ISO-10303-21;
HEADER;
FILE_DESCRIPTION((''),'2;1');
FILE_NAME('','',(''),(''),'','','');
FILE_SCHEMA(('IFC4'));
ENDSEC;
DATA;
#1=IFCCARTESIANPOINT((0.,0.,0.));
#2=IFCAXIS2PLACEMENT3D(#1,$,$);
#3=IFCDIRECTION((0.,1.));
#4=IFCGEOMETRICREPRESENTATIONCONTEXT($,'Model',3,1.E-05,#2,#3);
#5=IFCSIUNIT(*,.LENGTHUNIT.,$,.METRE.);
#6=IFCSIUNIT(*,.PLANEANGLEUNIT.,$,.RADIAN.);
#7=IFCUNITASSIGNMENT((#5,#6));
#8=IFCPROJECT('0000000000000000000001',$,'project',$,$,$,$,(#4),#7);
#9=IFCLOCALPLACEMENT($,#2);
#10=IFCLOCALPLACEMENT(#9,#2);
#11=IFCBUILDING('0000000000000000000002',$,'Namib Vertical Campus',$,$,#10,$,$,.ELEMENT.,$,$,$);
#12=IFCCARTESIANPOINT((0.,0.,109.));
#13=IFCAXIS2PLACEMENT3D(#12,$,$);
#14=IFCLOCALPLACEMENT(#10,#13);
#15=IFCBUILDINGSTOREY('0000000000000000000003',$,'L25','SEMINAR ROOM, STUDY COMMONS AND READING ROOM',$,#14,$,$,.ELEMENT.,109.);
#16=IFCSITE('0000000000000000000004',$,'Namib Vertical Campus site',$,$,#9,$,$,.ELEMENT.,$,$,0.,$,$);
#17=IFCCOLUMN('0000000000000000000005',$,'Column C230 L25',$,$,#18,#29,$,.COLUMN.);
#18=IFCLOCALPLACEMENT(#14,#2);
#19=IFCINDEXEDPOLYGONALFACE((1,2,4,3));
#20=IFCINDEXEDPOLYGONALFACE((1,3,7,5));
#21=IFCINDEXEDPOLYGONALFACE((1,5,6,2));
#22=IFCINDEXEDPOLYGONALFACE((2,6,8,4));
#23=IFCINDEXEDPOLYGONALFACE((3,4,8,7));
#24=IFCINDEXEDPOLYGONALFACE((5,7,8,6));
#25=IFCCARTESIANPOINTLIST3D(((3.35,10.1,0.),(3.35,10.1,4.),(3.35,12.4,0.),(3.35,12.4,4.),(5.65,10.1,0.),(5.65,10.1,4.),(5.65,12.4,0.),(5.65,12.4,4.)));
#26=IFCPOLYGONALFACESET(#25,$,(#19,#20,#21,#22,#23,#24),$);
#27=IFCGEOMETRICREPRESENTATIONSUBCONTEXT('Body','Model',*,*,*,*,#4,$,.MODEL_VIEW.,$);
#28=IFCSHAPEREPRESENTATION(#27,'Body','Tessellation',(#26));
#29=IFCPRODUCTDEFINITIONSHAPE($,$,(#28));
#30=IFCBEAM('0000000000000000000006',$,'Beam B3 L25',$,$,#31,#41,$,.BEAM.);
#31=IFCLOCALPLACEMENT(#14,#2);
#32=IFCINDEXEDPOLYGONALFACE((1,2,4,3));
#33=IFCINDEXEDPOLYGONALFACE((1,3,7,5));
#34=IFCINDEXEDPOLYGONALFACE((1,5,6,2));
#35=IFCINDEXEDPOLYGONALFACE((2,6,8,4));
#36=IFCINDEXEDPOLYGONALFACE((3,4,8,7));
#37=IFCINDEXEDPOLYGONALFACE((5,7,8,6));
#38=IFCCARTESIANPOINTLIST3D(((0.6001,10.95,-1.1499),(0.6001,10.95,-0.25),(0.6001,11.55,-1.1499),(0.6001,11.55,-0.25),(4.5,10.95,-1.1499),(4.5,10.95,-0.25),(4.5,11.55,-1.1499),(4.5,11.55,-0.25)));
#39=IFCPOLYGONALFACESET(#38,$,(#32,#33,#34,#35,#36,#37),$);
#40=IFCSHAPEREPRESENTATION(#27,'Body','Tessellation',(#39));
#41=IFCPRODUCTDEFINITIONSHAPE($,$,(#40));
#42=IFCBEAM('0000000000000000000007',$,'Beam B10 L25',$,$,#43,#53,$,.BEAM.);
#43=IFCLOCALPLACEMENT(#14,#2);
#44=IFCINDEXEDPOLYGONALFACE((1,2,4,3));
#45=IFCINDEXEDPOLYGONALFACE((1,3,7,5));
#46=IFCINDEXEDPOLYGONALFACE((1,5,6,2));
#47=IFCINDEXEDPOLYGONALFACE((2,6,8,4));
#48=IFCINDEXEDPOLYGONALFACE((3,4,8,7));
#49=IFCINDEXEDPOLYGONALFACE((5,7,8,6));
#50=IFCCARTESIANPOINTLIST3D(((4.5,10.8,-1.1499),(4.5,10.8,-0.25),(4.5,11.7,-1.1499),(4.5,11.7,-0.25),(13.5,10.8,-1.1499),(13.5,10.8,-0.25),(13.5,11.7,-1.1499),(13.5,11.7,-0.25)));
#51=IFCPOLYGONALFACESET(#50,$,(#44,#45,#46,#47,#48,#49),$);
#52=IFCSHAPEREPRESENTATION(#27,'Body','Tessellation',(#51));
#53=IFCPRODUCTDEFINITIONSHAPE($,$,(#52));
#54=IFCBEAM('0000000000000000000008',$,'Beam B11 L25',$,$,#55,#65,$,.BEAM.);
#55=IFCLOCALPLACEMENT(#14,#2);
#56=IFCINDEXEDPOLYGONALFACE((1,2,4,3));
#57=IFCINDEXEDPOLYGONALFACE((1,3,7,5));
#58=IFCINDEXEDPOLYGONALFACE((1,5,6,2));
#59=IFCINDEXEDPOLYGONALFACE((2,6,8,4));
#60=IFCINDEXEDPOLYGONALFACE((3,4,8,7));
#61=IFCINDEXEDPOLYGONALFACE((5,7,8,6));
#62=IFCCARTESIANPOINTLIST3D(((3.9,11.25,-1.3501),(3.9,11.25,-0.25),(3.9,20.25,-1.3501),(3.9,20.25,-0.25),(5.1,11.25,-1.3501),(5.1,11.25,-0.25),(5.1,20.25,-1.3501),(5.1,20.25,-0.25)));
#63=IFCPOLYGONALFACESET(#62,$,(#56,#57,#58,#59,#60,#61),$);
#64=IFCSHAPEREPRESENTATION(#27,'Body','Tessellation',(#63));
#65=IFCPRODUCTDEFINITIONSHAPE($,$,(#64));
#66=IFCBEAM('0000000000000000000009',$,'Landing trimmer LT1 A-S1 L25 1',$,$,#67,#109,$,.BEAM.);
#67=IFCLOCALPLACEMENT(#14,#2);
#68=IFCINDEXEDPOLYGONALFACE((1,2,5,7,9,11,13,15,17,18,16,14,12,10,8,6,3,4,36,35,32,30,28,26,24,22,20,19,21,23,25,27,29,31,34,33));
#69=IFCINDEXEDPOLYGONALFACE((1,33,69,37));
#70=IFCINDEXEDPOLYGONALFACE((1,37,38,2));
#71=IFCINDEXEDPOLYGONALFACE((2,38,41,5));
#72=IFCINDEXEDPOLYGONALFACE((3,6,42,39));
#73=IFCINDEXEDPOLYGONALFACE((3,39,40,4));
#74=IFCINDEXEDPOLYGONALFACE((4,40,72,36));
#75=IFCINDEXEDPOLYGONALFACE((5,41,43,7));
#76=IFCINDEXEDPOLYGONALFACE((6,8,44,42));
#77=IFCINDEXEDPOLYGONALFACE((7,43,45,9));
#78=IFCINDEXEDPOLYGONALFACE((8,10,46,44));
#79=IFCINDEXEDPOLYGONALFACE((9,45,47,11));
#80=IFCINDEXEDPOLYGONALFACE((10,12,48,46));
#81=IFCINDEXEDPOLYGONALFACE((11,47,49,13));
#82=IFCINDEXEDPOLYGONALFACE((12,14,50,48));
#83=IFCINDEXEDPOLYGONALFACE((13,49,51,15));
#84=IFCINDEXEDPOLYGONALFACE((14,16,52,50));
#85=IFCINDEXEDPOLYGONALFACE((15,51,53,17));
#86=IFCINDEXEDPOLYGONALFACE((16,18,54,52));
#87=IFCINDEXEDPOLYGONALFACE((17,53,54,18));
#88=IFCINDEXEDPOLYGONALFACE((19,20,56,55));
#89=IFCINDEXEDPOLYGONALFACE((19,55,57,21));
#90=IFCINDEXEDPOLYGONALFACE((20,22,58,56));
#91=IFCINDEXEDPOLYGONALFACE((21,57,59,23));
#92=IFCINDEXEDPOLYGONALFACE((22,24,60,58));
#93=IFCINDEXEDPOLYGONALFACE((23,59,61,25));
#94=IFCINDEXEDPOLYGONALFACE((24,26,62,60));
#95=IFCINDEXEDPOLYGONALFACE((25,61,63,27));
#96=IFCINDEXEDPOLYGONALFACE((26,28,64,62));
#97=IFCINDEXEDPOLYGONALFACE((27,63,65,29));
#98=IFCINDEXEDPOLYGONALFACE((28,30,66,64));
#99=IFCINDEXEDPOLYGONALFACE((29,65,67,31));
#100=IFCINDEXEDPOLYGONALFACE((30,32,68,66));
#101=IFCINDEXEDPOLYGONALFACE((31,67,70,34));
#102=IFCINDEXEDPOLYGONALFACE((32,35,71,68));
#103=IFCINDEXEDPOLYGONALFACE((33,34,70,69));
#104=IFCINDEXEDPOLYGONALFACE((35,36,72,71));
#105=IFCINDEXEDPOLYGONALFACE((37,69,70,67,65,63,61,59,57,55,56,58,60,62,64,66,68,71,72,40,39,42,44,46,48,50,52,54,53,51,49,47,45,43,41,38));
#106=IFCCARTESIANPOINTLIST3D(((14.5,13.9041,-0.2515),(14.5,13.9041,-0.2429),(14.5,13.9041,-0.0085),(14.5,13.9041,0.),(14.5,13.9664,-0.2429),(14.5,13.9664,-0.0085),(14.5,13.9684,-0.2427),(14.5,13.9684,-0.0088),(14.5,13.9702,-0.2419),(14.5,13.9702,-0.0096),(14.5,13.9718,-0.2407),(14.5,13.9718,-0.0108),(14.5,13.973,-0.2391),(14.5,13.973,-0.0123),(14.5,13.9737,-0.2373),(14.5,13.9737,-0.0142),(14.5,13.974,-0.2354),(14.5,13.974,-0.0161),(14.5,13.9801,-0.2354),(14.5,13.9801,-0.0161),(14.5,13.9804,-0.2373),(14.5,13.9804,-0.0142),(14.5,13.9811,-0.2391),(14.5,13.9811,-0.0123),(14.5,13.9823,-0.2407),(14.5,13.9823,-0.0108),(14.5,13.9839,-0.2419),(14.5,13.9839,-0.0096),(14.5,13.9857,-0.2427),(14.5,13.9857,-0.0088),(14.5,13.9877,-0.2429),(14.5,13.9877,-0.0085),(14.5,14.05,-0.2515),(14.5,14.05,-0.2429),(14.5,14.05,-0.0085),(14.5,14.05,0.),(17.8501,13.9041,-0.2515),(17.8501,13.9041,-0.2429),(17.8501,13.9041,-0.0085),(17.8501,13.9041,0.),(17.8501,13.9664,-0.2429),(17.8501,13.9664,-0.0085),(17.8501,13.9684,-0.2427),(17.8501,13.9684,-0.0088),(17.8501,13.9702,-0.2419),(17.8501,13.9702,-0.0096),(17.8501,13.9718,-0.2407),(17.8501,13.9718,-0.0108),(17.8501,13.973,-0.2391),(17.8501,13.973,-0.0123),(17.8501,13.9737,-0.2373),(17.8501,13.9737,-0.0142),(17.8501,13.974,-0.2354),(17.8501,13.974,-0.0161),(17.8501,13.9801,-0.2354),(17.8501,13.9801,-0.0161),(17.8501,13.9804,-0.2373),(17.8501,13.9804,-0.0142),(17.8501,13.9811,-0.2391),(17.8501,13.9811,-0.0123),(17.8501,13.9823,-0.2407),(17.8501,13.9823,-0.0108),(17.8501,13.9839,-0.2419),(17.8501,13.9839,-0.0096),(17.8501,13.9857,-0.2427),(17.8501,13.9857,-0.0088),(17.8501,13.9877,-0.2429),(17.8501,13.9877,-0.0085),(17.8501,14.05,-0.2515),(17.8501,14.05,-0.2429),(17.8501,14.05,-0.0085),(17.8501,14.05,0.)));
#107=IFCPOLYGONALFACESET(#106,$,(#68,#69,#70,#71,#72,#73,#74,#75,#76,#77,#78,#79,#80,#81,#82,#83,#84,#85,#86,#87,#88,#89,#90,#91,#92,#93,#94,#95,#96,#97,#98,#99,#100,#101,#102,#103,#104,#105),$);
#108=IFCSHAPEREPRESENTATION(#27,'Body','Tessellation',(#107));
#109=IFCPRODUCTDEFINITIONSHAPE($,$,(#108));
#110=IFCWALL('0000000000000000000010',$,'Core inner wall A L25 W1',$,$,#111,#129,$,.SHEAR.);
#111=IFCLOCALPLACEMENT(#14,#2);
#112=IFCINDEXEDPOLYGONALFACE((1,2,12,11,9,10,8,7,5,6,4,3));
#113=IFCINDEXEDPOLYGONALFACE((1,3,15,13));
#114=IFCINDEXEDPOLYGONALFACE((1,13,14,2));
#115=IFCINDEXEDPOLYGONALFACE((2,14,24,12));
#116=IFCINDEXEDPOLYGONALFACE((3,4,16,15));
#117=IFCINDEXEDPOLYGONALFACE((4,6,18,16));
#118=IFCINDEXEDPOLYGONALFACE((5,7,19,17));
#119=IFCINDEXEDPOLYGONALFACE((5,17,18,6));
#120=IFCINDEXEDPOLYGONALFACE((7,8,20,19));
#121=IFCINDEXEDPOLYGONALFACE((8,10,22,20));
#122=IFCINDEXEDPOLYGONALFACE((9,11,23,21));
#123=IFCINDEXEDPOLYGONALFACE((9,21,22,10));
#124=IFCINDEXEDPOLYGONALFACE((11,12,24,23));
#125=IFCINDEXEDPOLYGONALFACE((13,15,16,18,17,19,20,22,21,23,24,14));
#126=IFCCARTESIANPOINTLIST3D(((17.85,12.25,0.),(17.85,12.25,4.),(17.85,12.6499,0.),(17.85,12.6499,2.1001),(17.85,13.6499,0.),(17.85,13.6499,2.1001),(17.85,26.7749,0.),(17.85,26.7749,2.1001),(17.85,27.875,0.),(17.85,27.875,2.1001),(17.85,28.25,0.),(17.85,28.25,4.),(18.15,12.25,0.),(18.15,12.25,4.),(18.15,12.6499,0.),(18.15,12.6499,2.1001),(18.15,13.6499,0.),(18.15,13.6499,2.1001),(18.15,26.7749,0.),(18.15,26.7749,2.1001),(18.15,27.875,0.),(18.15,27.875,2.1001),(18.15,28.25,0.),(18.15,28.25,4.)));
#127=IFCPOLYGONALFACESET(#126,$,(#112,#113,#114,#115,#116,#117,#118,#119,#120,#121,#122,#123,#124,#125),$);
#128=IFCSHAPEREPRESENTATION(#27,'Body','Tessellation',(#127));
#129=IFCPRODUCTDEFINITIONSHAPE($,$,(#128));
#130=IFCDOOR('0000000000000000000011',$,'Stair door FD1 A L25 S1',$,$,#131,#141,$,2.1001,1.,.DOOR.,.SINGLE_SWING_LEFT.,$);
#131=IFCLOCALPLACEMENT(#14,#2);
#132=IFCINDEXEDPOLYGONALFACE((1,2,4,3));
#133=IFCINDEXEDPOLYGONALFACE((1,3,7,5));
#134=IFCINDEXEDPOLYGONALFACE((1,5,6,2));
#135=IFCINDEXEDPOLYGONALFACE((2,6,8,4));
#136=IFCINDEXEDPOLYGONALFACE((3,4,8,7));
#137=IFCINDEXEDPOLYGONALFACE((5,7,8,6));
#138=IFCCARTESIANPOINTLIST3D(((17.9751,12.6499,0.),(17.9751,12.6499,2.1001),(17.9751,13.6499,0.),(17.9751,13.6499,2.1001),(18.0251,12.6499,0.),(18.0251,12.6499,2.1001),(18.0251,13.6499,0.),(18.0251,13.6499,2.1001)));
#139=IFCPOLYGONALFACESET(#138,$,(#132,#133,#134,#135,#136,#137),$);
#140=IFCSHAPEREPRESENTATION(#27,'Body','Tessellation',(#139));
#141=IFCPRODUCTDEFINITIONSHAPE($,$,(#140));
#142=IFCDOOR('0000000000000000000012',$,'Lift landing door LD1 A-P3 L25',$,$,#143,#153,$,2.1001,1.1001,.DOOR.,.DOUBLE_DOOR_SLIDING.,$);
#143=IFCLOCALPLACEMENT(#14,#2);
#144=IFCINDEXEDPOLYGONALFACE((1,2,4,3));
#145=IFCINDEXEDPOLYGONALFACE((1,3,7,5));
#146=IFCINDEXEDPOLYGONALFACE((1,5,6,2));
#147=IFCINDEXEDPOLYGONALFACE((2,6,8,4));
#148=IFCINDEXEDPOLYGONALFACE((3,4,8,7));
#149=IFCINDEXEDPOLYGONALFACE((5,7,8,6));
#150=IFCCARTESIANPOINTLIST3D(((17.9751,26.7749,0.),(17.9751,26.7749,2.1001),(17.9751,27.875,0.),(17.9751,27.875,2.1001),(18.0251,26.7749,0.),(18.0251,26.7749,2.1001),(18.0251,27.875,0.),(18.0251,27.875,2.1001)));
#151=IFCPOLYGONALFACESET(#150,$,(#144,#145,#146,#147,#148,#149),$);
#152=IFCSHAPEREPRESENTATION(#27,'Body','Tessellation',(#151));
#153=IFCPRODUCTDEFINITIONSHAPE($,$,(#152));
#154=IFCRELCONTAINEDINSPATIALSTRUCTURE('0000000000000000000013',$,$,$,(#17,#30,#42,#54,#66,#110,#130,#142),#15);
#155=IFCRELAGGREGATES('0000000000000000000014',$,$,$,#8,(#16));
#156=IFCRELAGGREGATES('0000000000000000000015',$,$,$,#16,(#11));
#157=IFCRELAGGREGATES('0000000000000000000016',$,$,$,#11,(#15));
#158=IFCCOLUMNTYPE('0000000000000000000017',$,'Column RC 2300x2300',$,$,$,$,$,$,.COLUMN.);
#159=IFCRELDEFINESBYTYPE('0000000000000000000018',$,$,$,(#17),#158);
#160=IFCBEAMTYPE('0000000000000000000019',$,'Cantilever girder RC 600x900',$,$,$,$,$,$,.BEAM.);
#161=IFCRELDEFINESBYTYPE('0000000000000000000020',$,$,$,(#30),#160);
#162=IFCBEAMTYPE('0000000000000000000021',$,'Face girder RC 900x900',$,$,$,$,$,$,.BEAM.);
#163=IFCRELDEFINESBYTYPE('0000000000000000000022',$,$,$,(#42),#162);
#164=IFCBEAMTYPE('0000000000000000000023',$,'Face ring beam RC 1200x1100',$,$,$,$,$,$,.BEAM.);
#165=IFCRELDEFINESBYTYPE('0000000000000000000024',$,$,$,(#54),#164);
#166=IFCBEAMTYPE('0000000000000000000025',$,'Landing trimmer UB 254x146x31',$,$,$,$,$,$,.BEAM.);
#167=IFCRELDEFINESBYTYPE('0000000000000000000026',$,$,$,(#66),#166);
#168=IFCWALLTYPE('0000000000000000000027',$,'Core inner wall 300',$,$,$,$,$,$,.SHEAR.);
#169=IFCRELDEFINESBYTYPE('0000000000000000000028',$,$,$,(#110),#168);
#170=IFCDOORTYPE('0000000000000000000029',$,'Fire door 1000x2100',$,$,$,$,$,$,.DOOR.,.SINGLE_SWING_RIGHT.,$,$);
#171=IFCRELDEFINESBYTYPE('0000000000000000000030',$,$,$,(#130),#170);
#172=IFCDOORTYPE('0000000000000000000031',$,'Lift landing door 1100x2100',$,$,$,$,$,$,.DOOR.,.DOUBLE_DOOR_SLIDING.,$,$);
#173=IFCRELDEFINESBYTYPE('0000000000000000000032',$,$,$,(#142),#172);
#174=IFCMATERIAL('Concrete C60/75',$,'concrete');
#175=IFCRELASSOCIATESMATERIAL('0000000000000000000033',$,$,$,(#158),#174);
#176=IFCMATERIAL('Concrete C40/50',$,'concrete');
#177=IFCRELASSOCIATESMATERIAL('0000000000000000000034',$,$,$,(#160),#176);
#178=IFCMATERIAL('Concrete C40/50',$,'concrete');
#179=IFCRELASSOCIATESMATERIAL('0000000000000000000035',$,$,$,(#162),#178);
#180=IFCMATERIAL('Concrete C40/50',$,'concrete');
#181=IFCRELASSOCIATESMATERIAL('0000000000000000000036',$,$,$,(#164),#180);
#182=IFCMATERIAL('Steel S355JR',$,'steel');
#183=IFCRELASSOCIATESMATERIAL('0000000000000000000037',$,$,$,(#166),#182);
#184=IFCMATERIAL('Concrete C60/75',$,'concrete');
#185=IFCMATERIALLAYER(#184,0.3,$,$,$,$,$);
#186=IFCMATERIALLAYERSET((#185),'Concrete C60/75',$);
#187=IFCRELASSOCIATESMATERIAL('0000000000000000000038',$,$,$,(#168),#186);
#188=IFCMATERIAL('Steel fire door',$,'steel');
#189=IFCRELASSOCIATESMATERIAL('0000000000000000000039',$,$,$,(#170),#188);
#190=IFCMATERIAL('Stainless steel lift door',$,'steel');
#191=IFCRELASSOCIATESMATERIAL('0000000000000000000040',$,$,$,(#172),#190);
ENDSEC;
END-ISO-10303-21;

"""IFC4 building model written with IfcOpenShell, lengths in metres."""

from ifc_helpers import new_model, si_unit, direction, frame, frame_2d, origin, origin_2d, place, context, subcontext, project, spatial, rectangle, i_section, extrude, material, layer, layer_set, material_profile, profile_set, type_object, element, fill, save


model = new_model("IFC4")

# Units and contexts
model_context = context("Model", 3, precision=1e-05, world=origin(), true_north=direction((0.0, 1.0)))
body_context = subcontext(model_context, "Body", "Model", "MODEL_VIEW")
ifc_project = project(units=[si_unit("LENGTHUNIT", "METRE"), si_unit("PLANEANGLEUNIT", "RADIAN")], contexts=[model_context])

# Site, building, storey
site_placement = place(None, origin())
site = spatial("IfcSite", under=ifc_project, at=site_placement, Name="Namib Vertical Campus site", CompositionType="ELEMENT", RefElevation=0.0)
building_placement = place(site_placement, origin())
building = spatial("IfcBuilding", under=site, at=building_placement, Name="Namib Vertical Campus", CompositionType="ELEMENT")
storey_placement = place(building_placement, frame((0.0, 0.0, 109.0)))
storey = spatial("IfcBuildingStorey", under=building, at=storey_placement, Name="L25", Description="SEMINAR ROOM, STUDY COMMONS AND READING ROOM", CompositionType="ELEMENT", Elevation=109.0)

# Column
ifc_material_1 = material(Name="Concrete C60/75", Category="concrete")
ifc_material_profile_1 = material_profile(ifc_material_1, rectangle(XDim=2.3, YDim=2.3, at=origin_2d()))
ifc_profile_set_1 = profile_set([ifc_material_profile_1], Name="Concrete C60/75")
column_type = type_object("IfcColumnType", Name="Column RC 2300x2300", PredefinedType="COLUMN", material=ifc_profile_set_1)
column_placement = place(storey_placement, frame((4.5, 11.25, 0.0), z_axis=(0.0, 0.0, 1.0), x_axis=(1.0, 0.0, 0.0)))
element("IfcColumn", 1, at=column_placement, inside=storey, type_object=column_type, Name="Column C230 L25", PredefinedType="COLUMN", context=body_context, shape_type="SweptSolid", body=[
    extrude(rectangle(XDim=2.3, YDim=2.3, at=origin_2d()), origin(), (0.0, 0.0, 1.0), 4.0),
])

# Beams
ifc_material_2 = material(Name="Concrete C40/50", Category="concrete")
ifc_material_profile_2 = material_profile(ifc_material_2, rectangle(XDim=0.6001, YDim=0.8999, at=origin_2d()))
ifc_profile_set_2 = profile_set([ifc_material_profile_2], Name="Concrete C40/50")
beam_type_1 = type_object("IfcBeamType", Name="Cantilever girder RC 600x900", PredefinedType="BEAM", material=ifc_profile_set_2)
beam_1_placement = place(storey_placement, frame((4.5, 11.25, -0.7), z_axis=(-1.0, 0.0, 0.0), x_axis=(0.0, -1.0, 0.0)))
element("IfcBeam", 2, at=beam_1_placement, inside=storey, type_object=beam_type_1, Name="Beam B3 L25", PredefinedType="BEAM", context=body_context, shape_type="SweptSolid", body=[
    extrude(rectangle(XDim=0.6001, YDim=0.8999, at=origin_2d()), origin(), (0.0, 0.0, 1.0), 3.8999),
])
ifc_material_3 = material(Name="Concrete C40/50", Category="concrete")
ifc_material_profile_3 = material_profile(ifc_material_3, rectangle(XDim=0.8999, YDim=0.8999, at=origin_2d()))
ifc_profile_set_3 = profile_set([ifc_material_profile_3], Name="Concrete C40/50")
beam_type_2 = type_object("IfcBeamType", Name="Face girder RC 900x900", PredefinedType="BEAM", material=ifc_profile_set_3)
beam_2_placement = place(storey_placement, frame((4.5, 11.25, -0.7), z_axis=(1.0, 0.0, 0.0), x_axis=(0.0, 1.0, 0.0)))
element("IfcBeam", 3, at=beam_2_placement, inside=storey, type_object=beam_type_2, Name="Beam B10 L25", PredefinedType="BEAM", context=body_context, shape_type="SweptSolid", body=[
    extrude(rectangle(XDim=0.8999, YDim=0.8999, at=origin_2d()), origin(), (0.0, 0.0, 1.0), 9.0),
])
ifc_material_4 = material(Name="Concrete C40/50", Category="concrete")
ifc_material_profile_4 = material_profile(ifc_material_4, rectangle(XDim=1.2, YDim=1.1001, at=origin_2d()))
ifc_profile_set_4 = profile_set([ifc_material_profile_4], Name="Concrete C40/50")
beam_type_3 = type_object("IfcBeamType", Name="Face ring beam RC 1200x1100", PredefinedType="BEAM", material=ifc_profile_set_4)
beam_3_placement = place(storey_placement, frame((4.5, 11.25, -0.8), z_axis=(0.0, 1.0, 0.0), x_axis=(-1.0, 0.0, 0.0)))
element("IfcBeam", 4, at=beam_3_placement, inside=storey, type_object=beam_type_3, Name="Beam B11 L25", PredefinedType="BEAM", context=body_context, shape_type="SweptSolid", body=[
    extrude(rectangle(XDim=1.2, YDim=1.1001, at=origin_2d()), origin(), (0.0, 0.0, 1.0), 9.0),
])
ifc_material_5 = material(Name="Steel S355JR", Category="steel")
ifc_material_profile_5 = material_profile(ifc_material_5, i_section(OverallWidth=0.146, OverallDepth=0.2515, WebThickness=0.0061, FlangeThickness=0.0085, FilletRadius=0.0076, at=origin_2d()))
ifc_profile_set_5 = profile_set([ifc_material_profile_5], Name="Steel S355JR")
beam_type_4 = type_object("IfcBeamType", Name="Landing trimmer UB 254x146x31", PredefinedType="BEAM", material=ifc_profile_set_5)
beam_4_placement = place(storey_placement, frame((14.5, 13.9771, -0.1257), z_axis=(1.0, 0.0, 0.0), x_axis=(0.0, 1.0, 0.0)))
element("IfcBeam", 5, at=beam_4_placement, inside=storey, type_object=beam_type_4, Name="Landing trimmer LT1 A-S1 L25 1", PredefinedType="BEAM", context=body_context, shape_type="SweptSolid", body=[
    extrude(i_section(OverallWidth=0.146, OverallDepth=0.2515, WebThickness=0.0061, FlangeThickness=0.0085, FilletRadius=0.0076, at=origin_2d()), origin(), (0.0, 0.0, 1.0), 3.3501),
])

# Wall, openings, doors
ifc_material_6 = material(Name="Concrete C60/75", Category="concrete")
ifc_layer_1 = layer(ifc_material_6, 0.3)
ifc_layer_set_1 = layer_set([ifc_layer_1], Name="Concrete C60/75")
wall_type_1 = type_object("IfcWallType", Name="Core inner wall 300", PredefinedType="SHEAR", material=ifc_layer_set_1)
wall_1_placement = place(storey_placement, frame((18.0, 12.25, 0.0), z_axis=(0.0, 0.0, 1.0), x_axis=(0.0, 1.0, 0.0)))
wall_1 = element("IfcWall", 6, at=wall_1_placement, inside=storey, type_object=wall_type_1, Name="Core inner wall A L25 W1", PredefinedType="SHEAR", context=body_context, shape_type="SweptSolid", body=[
    extrude(rectangle(XDim=16.0, YDim=0.3, at=frame_2d((8.0, 0.0))), origin(), (0.0, 0.0, 1.0), 4.0),
])
opening_1_placement = place(wall_1_placement, frame((0.3999, 0.0, 0.0)))
opening_1 = element("IfcOpeningElement", 7, at=opening_1_placement, cuts=wall_1, PredefinedType="OPENING", context=body_context, shape_type="SweptSolid", body=[
    extrude(rectangle(XDim=1.0, YDim=2.1001, at=frame_2d((0.5, 1.05))), frame((0.0, 0.1599, 0.0), z_axis=(0.0, -1.0, 0.0), x_axis=(1.0, 0.0, 0.0)), (0.0, 0.0, 1.0), 0.3201),
])
opening_2_placement = place(wall_1_placement, frame((14.5249, 0.0, 0.0)))
opening_2 = element("IfcOpeningElement", 8, at=opening_2_placement, cuts=wall_1, PredefinedType="OPENING", context=body_context, shape_type="SweptSolid", body=[
    extrude(rectangle(XDim=1.1001, YDim=2.1001, at=frame_2d((0.55, 1.05))), frame((0.0, 0.1599, 0.0), z_axis=(0.0, -1.0, 0.0), x_axis=(1.0, 0.0, 0.0)), (0.0, 0.0, 1.0), 0.3201),
])
ifc_material_7 = material(Name="Steel fire door", Category="steel")
door_type_1 = type_object("IfcDoorType", Name="Fire door 1000x2100", OperationType="SINGLE_SWING_RIGHT", PredefinedType="DOOR", material=ifc_material_7)
door_1_placement = place(opening_1_placement, origin())
door_1 = element("IfcDoor", 9, at=door_1_placement, inside=storey, type_object=door_type_1, Name="Stair door FD1 A L25 S1", OperationType="SINGLE_SWING_LEFT", OverallHeight=2.1001, OverallWidth=1.0, PredefinedType="DOOR", context=body_context, shape_type="SweptSolid", body=[
    extrude(rectangle(XDim=1.0, YDim=2.1001, at=frame_2d((0.5, 1.05))), frame((0.0, 0.0249, 0.0), z_axis=(0.0, -1.0, 0.0), x_axis=(1.0, 0.0, 0.0)), (0.0, 0.0, 1.0), 0.05),
])
fill(opening_1, door_1)
ifc_material_8 = material(Name="Stainless steel lift door", Category="steel")
door_type_2 = type_object("IfcDoorType", Name="Lift landing door 1100x2100", OperationType="DOUBLE_DOOR_SLIDING", PredefinedType="DOOR", material=ifc_material_8)
door_2_placement = place(opening_2_placement, origin())
door_2 = element("IfcDoor", 10, at=door_2_placement, inside=storey, type_object=door_type_2, Name="Lift landing door LD1 A-P3 L25", OperationType="DOUBLE_DOOR_SLIDING", OverallHeight=2.1001, OverallWidth=1.1001, PredefinedType="DOOR", context=body_context, shape_type="SweptSolid", body=[
    extrude(rectangle(XDim=1.1001, YDim=2.1001, at=frame_2d((0.55, 1.05))), frame((0.0, 0.0249, 0.0), z_axis=(0.0, -1.0, 0.0), x_axis=(1.0, 0.0, 0.0)), (0.0, 0.0, 1.0), 0.05),
])
fill(opening_2, door_2)

save(model, "model.ifc")
